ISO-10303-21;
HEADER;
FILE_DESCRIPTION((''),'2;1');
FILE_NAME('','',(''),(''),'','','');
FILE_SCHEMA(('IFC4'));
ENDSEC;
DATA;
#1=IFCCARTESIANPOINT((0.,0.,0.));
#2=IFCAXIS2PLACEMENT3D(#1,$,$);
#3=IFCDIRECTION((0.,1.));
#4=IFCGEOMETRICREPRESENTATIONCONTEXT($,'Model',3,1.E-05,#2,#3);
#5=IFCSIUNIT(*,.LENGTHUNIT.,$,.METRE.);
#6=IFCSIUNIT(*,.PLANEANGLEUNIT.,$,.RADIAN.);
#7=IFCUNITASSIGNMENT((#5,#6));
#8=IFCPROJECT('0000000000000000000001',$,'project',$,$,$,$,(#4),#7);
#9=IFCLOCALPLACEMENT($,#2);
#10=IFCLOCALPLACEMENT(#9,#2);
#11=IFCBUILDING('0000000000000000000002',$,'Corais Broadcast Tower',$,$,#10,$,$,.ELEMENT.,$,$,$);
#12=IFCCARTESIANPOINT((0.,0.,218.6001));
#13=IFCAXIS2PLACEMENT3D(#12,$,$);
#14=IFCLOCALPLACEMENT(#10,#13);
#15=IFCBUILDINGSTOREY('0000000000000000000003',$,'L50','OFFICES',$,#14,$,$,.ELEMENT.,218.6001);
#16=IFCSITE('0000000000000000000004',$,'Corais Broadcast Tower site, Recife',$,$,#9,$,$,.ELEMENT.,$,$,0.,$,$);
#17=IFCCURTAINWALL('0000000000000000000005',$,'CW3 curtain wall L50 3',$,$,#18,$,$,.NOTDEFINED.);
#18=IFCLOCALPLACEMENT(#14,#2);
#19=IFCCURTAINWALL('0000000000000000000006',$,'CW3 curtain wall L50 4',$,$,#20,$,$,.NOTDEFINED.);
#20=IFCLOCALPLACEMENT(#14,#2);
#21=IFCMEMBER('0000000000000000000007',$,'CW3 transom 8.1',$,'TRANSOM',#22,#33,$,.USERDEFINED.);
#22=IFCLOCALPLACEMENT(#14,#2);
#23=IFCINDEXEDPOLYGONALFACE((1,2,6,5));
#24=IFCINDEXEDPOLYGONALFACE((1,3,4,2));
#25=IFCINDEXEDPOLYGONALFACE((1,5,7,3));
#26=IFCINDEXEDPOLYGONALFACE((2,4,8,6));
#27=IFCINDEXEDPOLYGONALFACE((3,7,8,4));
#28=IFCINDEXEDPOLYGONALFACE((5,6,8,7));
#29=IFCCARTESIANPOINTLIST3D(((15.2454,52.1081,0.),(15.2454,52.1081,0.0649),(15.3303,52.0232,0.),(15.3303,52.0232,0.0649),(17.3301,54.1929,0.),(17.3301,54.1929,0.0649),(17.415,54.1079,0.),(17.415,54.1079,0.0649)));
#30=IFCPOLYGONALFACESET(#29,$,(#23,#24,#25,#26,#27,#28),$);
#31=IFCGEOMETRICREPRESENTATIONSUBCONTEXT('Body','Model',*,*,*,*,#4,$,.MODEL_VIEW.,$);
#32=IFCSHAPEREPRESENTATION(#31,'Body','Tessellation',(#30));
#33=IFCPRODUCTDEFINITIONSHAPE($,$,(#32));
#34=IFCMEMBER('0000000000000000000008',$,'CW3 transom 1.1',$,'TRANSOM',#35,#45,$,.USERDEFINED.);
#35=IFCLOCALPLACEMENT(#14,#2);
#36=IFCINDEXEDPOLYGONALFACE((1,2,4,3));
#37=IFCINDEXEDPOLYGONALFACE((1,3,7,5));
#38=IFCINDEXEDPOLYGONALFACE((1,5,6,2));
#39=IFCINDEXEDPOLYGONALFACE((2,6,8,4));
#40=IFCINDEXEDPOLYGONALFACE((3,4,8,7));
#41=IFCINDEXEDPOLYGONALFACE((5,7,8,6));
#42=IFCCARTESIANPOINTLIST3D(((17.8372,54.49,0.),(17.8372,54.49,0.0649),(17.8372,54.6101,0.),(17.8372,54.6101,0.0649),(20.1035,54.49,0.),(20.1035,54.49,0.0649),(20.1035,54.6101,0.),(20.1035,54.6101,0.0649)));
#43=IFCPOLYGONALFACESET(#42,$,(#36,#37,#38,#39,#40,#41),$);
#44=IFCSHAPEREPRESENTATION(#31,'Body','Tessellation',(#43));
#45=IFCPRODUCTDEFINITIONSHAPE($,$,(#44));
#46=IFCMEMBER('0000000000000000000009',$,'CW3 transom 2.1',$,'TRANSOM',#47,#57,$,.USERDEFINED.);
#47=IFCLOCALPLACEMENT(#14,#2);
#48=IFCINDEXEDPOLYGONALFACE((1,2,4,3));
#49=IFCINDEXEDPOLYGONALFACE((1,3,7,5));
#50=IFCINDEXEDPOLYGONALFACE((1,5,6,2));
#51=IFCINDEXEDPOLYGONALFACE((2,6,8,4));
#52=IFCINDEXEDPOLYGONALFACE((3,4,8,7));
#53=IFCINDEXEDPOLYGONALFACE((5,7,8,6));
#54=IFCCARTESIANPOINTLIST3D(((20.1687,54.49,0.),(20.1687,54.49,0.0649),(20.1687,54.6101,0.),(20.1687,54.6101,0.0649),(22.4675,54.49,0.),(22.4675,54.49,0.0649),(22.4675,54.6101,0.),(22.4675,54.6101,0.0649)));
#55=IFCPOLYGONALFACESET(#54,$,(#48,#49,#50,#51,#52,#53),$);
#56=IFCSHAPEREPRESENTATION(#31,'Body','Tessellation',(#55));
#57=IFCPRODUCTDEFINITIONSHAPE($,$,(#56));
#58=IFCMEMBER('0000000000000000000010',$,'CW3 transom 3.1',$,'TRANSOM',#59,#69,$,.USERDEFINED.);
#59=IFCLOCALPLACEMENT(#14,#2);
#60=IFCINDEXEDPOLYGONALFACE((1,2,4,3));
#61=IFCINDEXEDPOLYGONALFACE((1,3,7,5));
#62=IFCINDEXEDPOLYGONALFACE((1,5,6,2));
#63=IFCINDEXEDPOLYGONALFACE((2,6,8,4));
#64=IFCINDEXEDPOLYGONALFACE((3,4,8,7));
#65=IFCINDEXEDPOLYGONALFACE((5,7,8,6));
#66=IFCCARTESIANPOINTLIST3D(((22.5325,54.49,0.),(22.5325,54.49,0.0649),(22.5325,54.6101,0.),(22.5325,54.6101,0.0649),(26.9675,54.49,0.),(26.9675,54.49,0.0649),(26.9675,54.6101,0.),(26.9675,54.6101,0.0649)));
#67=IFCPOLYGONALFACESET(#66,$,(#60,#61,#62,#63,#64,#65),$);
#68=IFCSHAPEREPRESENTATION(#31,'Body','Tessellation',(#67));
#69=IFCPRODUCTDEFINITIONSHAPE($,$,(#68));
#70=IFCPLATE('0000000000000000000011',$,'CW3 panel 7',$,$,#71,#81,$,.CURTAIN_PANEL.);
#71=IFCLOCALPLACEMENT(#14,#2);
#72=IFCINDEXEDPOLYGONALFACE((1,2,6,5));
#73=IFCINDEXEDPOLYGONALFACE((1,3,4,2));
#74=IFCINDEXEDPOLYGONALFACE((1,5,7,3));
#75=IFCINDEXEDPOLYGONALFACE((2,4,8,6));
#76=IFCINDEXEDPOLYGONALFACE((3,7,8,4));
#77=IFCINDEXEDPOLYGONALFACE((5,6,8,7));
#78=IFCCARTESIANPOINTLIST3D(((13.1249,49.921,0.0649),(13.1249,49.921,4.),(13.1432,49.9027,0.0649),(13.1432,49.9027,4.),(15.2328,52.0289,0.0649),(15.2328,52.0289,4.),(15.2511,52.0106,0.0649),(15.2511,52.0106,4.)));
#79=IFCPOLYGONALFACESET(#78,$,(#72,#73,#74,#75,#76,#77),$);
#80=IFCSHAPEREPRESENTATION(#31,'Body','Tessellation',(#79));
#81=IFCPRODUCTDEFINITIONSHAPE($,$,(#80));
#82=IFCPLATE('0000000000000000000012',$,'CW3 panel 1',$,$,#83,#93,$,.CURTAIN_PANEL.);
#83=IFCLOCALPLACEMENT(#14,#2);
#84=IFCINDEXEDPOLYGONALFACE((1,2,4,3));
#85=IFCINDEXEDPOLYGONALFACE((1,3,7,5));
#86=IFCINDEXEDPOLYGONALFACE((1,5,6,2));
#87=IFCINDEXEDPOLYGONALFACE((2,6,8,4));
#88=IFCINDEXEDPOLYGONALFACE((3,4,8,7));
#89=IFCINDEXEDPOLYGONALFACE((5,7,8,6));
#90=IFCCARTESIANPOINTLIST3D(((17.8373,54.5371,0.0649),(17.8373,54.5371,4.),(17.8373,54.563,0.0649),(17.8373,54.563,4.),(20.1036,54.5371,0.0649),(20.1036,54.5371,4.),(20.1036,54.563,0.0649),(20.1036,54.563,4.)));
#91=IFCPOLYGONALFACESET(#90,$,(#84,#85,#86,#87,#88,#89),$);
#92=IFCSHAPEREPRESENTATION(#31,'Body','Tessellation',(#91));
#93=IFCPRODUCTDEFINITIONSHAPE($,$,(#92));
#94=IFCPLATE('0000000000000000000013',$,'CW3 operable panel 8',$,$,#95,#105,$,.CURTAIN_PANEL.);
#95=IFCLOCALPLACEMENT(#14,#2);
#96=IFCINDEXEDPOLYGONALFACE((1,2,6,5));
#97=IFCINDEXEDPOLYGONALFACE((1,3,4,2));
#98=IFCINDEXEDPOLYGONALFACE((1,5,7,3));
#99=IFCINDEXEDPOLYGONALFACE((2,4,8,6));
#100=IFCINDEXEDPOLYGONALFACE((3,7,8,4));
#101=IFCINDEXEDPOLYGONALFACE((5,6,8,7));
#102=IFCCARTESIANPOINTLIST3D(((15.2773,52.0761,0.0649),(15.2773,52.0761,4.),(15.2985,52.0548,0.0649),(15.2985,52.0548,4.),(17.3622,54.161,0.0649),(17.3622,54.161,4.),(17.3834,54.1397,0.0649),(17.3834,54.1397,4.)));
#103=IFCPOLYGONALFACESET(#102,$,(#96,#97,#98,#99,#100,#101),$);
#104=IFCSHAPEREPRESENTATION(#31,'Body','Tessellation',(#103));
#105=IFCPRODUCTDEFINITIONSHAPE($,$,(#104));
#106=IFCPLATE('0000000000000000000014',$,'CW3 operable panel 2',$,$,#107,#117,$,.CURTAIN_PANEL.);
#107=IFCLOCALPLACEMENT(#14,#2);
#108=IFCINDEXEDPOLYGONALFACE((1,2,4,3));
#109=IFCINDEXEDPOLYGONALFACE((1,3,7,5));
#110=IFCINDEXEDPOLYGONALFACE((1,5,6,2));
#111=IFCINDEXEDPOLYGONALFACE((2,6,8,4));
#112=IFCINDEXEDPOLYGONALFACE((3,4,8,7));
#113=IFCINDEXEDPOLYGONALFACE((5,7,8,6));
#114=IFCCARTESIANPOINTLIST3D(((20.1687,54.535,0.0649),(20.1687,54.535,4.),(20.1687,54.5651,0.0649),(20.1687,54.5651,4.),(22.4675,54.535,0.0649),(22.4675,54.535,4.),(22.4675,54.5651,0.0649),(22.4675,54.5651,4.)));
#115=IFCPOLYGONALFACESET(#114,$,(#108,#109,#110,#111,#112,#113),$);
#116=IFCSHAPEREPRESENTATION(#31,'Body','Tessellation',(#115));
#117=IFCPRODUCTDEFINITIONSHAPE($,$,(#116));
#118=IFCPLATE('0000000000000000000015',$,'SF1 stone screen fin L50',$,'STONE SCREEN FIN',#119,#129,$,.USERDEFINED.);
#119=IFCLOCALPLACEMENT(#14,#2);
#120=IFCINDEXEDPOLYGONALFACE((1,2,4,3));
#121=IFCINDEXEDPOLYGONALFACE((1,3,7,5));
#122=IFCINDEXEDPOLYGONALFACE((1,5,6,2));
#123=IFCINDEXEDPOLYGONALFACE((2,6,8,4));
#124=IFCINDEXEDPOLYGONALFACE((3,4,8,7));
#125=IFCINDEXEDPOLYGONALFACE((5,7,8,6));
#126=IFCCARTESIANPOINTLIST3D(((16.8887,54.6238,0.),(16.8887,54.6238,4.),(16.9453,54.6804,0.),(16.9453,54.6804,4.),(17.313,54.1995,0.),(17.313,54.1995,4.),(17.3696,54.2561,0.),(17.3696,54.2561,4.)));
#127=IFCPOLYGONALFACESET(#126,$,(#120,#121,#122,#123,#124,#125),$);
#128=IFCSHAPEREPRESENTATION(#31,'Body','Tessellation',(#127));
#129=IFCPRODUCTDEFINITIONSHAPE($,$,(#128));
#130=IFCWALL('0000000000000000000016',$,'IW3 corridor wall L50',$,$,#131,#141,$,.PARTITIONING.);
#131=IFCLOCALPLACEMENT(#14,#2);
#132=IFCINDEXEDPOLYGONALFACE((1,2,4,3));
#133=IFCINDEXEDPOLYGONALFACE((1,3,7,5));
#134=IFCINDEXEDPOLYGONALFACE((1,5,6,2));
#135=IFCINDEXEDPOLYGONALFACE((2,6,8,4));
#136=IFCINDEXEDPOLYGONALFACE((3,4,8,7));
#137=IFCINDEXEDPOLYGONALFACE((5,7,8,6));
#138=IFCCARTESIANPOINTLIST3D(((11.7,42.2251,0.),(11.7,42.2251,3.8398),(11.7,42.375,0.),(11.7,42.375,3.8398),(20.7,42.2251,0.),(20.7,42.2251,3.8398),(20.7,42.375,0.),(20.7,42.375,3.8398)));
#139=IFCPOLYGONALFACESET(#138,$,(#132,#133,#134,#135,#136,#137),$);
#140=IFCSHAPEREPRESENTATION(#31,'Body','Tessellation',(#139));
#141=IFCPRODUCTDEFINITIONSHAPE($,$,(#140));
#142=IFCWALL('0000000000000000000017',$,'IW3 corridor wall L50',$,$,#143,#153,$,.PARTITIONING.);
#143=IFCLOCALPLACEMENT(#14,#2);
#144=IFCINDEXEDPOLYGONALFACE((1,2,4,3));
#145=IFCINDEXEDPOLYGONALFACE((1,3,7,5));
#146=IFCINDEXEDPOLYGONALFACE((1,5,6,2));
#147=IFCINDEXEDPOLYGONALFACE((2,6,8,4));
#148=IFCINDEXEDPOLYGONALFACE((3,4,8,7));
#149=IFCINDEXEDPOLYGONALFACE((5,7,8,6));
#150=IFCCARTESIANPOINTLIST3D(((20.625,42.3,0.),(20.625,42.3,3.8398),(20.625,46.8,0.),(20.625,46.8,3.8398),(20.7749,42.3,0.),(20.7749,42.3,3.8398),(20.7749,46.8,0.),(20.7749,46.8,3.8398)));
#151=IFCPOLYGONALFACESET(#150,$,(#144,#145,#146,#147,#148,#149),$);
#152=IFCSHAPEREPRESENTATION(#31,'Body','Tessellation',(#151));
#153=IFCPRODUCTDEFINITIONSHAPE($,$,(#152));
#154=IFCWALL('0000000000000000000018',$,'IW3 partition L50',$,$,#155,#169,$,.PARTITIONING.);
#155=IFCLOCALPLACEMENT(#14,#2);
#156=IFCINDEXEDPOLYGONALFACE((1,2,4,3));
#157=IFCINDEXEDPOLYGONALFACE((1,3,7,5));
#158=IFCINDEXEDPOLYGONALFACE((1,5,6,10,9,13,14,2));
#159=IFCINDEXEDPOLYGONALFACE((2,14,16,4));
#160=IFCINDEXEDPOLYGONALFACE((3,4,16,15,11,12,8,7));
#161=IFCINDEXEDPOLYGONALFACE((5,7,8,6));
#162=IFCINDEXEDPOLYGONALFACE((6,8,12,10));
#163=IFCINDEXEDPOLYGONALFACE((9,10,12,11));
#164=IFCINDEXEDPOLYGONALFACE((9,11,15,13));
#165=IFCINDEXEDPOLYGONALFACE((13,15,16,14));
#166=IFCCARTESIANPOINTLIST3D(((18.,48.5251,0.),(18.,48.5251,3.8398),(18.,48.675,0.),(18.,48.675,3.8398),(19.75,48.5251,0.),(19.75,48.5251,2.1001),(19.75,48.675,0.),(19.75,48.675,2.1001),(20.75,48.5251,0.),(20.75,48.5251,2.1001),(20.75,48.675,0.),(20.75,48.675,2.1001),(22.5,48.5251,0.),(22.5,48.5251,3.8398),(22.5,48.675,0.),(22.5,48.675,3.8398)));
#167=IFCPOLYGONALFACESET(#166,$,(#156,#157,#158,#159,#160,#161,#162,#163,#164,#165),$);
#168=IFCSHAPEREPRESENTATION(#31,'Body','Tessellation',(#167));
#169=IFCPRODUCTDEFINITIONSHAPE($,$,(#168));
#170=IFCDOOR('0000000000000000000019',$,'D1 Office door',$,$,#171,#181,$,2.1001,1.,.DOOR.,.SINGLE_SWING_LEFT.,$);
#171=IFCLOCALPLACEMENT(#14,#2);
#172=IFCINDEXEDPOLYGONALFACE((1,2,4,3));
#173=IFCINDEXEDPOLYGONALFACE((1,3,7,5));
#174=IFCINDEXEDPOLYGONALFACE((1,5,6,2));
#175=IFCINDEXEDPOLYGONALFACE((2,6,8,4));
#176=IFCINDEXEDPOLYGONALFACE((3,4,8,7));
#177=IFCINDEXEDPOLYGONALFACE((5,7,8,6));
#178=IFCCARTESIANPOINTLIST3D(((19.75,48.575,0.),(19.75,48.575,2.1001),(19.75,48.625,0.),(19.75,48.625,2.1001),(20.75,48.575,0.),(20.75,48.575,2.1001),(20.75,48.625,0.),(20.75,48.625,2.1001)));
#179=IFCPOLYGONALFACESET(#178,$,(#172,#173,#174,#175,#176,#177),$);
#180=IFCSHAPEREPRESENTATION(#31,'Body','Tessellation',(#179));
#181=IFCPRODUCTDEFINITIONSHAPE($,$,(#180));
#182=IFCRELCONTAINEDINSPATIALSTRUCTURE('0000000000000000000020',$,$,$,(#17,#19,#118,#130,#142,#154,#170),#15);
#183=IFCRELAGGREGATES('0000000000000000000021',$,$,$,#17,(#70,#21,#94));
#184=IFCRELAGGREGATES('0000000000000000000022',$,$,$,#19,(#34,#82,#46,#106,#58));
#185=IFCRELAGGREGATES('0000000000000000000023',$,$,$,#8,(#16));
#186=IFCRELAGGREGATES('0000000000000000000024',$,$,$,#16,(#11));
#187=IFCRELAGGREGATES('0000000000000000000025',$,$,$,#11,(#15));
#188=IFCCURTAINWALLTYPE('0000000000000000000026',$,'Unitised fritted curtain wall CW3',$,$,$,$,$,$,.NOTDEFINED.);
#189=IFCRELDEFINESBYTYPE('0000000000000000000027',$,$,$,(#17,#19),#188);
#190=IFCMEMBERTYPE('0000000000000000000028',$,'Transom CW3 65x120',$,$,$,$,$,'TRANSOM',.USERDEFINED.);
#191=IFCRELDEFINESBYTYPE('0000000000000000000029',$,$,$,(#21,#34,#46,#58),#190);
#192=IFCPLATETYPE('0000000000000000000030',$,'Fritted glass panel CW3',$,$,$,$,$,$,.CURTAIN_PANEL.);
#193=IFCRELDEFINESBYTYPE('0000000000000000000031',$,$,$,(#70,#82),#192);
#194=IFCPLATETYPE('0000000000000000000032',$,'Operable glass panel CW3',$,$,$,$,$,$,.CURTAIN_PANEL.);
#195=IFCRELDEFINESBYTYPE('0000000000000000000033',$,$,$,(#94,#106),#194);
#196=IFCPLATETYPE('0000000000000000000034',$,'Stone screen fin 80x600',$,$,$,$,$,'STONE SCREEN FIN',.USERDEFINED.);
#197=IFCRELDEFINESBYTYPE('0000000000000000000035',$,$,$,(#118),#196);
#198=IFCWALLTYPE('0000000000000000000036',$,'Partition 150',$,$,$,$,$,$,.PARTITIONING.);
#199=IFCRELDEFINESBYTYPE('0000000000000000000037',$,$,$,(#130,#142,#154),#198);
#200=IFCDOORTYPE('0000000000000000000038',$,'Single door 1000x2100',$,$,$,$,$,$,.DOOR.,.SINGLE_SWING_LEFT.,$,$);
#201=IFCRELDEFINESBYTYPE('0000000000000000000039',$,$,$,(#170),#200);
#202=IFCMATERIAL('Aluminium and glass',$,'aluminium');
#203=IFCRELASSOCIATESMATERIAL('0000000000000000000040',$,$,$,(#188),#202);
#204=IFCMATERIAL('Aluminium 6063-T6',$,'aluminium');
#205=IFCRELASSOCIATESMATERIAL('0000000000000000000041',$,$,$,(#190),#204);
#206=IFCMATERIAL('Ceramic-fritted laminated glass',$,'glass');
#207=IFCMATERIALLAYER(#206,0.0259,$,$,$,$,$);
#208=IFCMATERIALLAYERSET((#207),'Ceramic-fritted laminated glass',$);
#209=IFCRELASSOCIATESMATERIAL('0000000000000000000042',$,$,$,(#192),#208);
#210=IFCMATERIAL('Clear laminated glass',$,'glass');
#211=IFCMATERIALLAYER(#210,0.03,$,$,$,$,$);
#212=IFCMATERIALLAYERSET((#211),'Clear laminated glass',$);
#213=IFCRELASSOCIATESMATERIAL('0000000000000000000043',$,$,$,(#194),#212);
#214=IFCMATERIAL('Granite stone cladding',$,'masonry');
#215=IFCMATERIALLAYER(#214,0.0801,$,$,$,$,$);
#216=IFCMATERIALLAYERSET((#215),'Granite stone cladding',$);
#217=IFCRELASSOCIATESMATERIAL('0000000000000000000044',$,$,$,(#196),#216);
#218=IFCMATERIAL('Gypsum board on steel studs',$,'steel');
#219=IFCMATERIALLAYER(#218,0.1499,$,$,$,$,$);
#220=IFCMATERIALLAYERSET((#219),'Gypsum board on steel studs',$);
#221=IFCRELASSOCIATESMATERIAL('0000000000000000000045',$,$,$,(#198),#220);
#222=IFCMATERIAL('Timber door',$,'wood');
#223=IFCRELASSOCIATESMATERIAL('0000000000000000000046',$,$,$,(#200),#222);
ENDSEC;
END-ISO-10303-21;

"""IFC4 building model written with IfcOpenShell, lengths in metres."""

from ifc_helpers import new_model, si_unit, direction, frame, frame_2d, origin, origin_2d, place, context, subcontext, project, spatial, rectangle, extrude, material, layer, layer_set, material_profile, profile_set, type_object, element, fill, aggregate, save


model = new_model("IFC4")

# Units and contexts
model_context = context("Model", 3, precision=1e-05, world=origin(), true_north=direction((0.0, 1.0)))
body_context = subcontext(model_context, "Body", "Model", "MODEL_VIEW")
ifc_project = project(units=[si_unit("LENGTHUNIT", "METRE"), si_unit("PLANEANGLEUNIT", "RADIAN")], contexts=[model_context])

# Site, building, storey
site_placement = place(None, origin())
site = spatial("IfcSite", under=ifc_project, at=site_placement, Name="Corais Broadcast Tower site, Recife", CompositionType="ELEMENT", RefElevation=0.0)
building_placement = place(site_placement, origin())
building = spatial("IfcBuilding", under=site, at=building_placement, Name="Corais Broadcast Tower", CompositionType="ELEMENT")
storey_placement = place(building_placement, frame((0.0, 0.0, 218.6001)))
storey = spatial("IfcBuildingStorey", under=building, at=storey_placement, Name="L50", Description="OFFICES", CompositionType="ELEMENT", Elevation=218.6001)

# Curtain walls
ifc_material_1 = material(Name="Aluminium and glass", Category="aluminium")
curtain_wall_type = type_object("IfcCurtainWallType", Name="Unitised fritted curtain wall CW3", PredefinedType="NOTDEFINED", material=ifc_material_1)
curtain_wall_1_placement = place(storey_placement, origin())
curtain_wall_1 = element("IfcCurtainWall", 1, at=curtain_wall_1_placement, inside=storey, type_object=curtain_wall_type, Name="CW3 curtain wall L50 3", PredefinedType="NOTDEFINED")
curtain_wall_2_placement = place(storey_placement, origin())
curtain_wall_2 = element("IfcCurtainWall", 2, at=curtain_wall_2_placement, inside=storey, type_object=curtain_wall_type, Name="CW3 curtain wall L50 4", PredefinedType="NOTDEFINED")

# Members
ifc_material_2 = material(Name="Aluminium 6063-T6", Category="aluminium")
ifc_material_profile_1 = material_profile(ifc_material_2, rectangle(XDim=0.1201, YDim=0.0649, at=origin_2d()), Name="Transom CW3 65x120")
ifc_profile_set_1 = profile_set([ifc_material_profile_1], Name="Aluminium 6063-T6")
member_type_1 = type_object("IfcMemberType", Name="Transom CW3 65x120", ElementType="TRANSOM", PredefinedType="USERDEFINED", material=ifc_profile_set_1)
member_1_placement = place(storey_placement, frame((15.2878, 52.0657, 0.0325), z_axis=(0.707107, 0.707107, 0.0), x_axis=(-0.707107, 0.707107, 0.0)))
member_1 = element("IfcMember", 3, at=member_1_placement, type_object=member_type_1, Name="CW3 transom 8.1", ObjectType="TRANSOM", PredefinedType="USERDEFINED", context=body_context, shape_type="SweptSolid", body=[
    extrude(rectangle(XDim=0.1201, YDim=0.0649, at=origin_2d()), origin(), (0.0, 0.0, 1.0), 2.9482),
])
member_2_placement = place(storey_placement, frame((17.8372, 54.55, 0.0325), z_axis=(1.0, 0.0, 0.0), x_axis=(0.0, 1.0, 0.0)))
member_2 = element("IfcMember", 4, at=member_2_placement, type_object=member_type_1, Name="CW3 transom 1.1", ObjectType="TRANSOM", PredefinedType="USERDEFINED", context=body_context, shape_type="SweptSolid", body=[
    extrude(rectangle(XDim=0.1201, YDim=0.0649, at=origin_2d()), origin(), (0.0, 0.0, 1.0), 2.2664),
])
member_3_placement = place(storey_placement, frame((20.1687, 54.55, 0.0325), z_axis=(1.0, 0.0, 0.0), x_axis=(0.0, 1.0, 0.0)))
member_3 = element("IfcMember", 5, at=member_3_placement, type_object=member_type_1, Name="CW3 transom 2.1", ObjectType="TRANSOM", PredefinedType="USERDEFINED", context=body_context, shape_type="SweptSolid", body=[
    extrude(rectangle(XDim=0.1201, YDim=0.0649, at=origin_2d()), origin(), (0.0, 0.0, 1.0), 2.2988),
])
member_4_placement = place(storey_placement, frame((22.5325, 54.55, 0.0325), z_axis=(1.0, 0.0, 0.0), x_axis=(0.0, 1.0, 0.0)))
member_4 = element("IfcMember", 6, at=member_4_placement, type_object=member_type_1, Name="CW3 transom 3.1", ObjectType="TRANSOM", PredefinedType="USERDEFINED", context=body_context, shape_type="SweptSolid", body=[
    extrude(rectangle(XDim=0.1201, YDim=0.0649, at=origin_2d()), origin(), (0.0, 0.0, 1.0), 4.4351),
])

# Plates
ifc_material_3 = material(Name="Ceramic-fritted laminated glass", Category="glass")
ifc_layer_1 = layer(ifc_material_3, 0.0259)
ifc_layer_set_1 = layer_set([ifc_layer_1], Name="Ceramic-fritted laminated glass")
plate_type_1 = type_object("IfcPlateType", Name="Fritted glass panel CW3", PredefinedType="CURTAIN_PANEL", material=ifc_layer_set_1)
plate_1_placement = place(storey_placement, frame((14.188, 50.9658, 0.0649), z_axis=(0.0, 0.0, 1.0), x_axis=(0.707107, 0.707107, 0.0)))
plate_1 = element("IfcPlate", 7, at=plate_1_placement, type_object=plate_type_1, Name="CW3 panel 7", PredefinedType="CURTAIN_PANEL", context=body_context, shape_type="SweptSolid", body=[
    extrude(rectangle(XDim=2.981, YDim=0.0259, at=origin_2d()), origin(), (0.0, 0.0, 1.0), 3.9351),
])
plate_2_placement = place(storey_placement, frame((18.9705, 54.55, 0.0649), z_axis=(0.0, 0.0, 1.0), x_axis=(1.0, 0.0, 0.0)))
plate_2 = element("IfcPlate", 8, at=plate_2_placement, type_object=plate_type_1, Name="CW3 panel 1", PredefinedType="CURTAIN_PANEL", context=body_context, shape_type="SweptSolid", body=[
    extrude(rectangle(XDim=2.2664, YDim=0.0259, at=origin_2d()), origin(), (0.0, 0.0, 1.0), 3.9351),
])
ifc_material_4 = material(Name="Clear laminated glass", Category="glass")
ifc_layer_2 = layer(ifc_material_4, 0.03)
ifc_layer_set_2 = layer_set([ifc_layer_2], Name="Clear laminated glass")
plate_type_2 = type_object("IfcPlateType", Name="Operable glass panel CW3", PredefinedType="CURTAIN_PANEL", material=ifc_layer_set_2)
plate_3_placement = place(storey_placement, frame((16.3303, 53.1079, 0.0649), z_axis=(0.0, 0.0, 1.0), x_axis=(0.707107, 0.707107, 0.0)))
plate_3 = element("IfcPlate", 9, at=plate_3_placement, type_object=plate_type_2, Name="CW3 operable panel 8", PredefinedType="CURTAIN_PANEL", context=body_context, shape_type="SweptSolid", body=[
    extrude(rectangle(XDim=2.9485, YDim=0.03, at=origin_2d()), origin(), (0.0, 0.0, 1.0), 3.9351),
])
aggregate(curtain_wall_1, [plate_1, member_1, plate_3])
plate_4_placement = place(storey_placement, frame((21.3181, 54.55, 0.0649), z_axis=(0.0, 0.0, 1.0), x_axis=(1.0, 0.0, 0.0)))
plate_4 = element("IfcPlate", 10, at=plate_4_placement, type_object=plate_type_2, Name="CW3 operable panel 2", PredefinedType="CURTAIN_PANEL", context=body_context, shape_type="SweptSolid", body=[
    extrude(rectangle(XDim=2.2988, YDim=0.03, at=origin_2d()), origin(), (0.0, 0.0, 1.0), 3.9351),
])
aggregate(curtain_wall_2, [member_2, plate_2, member_3, plate_4, member_4])
ifc_material_5 = material(Name="Granite stone cladding", Category="masonry")
ifc_layer_3 = layer(ifc_material_5, 0.0801)
ifc_layer_set_3 = layer_set([ifc_layer_3], Name="Granite stone cladding")
plate_type_3 = type_object("IfcPlateType", Name="Stone screen fin 80x600", ElementType="STONE SCREEN FIN", PredefinedType="USERDEFINED", material=ifc_layer_set_3)
plate_5_placement = place(storey_placement, frame((17.1292, 54.4399, 0.0), z_axis=(0.0, 0.0, 1.0), x_axis=(0.707107, 0.707107, 0.0)))
element("IfcPlate", 11, at=plate_5_placement, inside=storey, type_object=plate_type_3, Name="SF1 stone screen fin L50", ObjectType="STONE SCREEN FIN", PredefinedType="USERDEFINED", context=body_context, shape_type="SweptSolid", body=[
    extrude(rectangle(XDim=0.0801, YDim=0.6001, at=origin_2d()), origin(), (0.0, 0.0, 1.0), 4.0),
])

# Walls
ifc_material_6 = material(Name="Gypsum board on steel studs", Category="steel")
ifc_layer_4 = layer(ifc_material_6, 0.1499)
ifc_layer_set_4 = layer_set([ifc_layer_4], Name="Gypsum board on steel studs")
wall_type = type_object("IfcWallType", Name="Partition 150", PredefinedType="PARTITIONING", material=ifc_layer_set_4)
wall_1_placement = place(storey_placement, frame((20.7, 42.3, 0.0), z_axis=(0.0, 0.0, 1.0), x_axis=(-1.0, 0.0, 0.0)))
element("IfcWall", 12, at=wall_1_placement, inside=storey, type_object=wall_type, Name="IW3 corridor wall L50", PredefinedType="PARTITIONING", context=body_context, shape_type="SweptSolid", body=[
    extrude(rectangle(XDim=9.0, YDim=0.1499, at=frame_2d((4.5, 0.0))), origin(), (0.0, 0.0, 1.0), 3.8398),
])
wall_2_placement = place(storey_placement, frame((20.7, 46.8, 0.0), z_axis=(0.0, 0.0, 1.0), x_axis=(0.0, -1.0, 0.0)))
element("IfcWall", 13, at=wall_2_placement, inside=storey, type_object=wall_type, Name="IW3 corridor wall L50", PredefinedType="PARTITIONING", context=body_context, shape_type="SweptSolid", body=[
    extrude(rectangle(XDim=4.5, YDim=0.1499, at=frame_2d((2.25, 0.0))), origin(), (0.0, 0.0, 1.0), 3.8398),
])

# Wall, opening, door
wall_3_placement = place(storey_placement, frame((18.0, 48.6001, 0.0), z_axis=(0.0, 0.0, 1.0), x_axis=(1.0, 0.0, 0.0)))
wall_3 = element("IfcWall", 14, at=wall_3_placement, inside=storey, type_object=wall_type, Name="IW3 partition L50", PredefinedType="PARTITIONING", context=body_context, shape_type="SweptSolid", body=[
    extrude(rectangle(XDim=4.5, YDim=0.1499, at=frame_2d((2.25, 0.0))), origin(), (0.0, 0.0, 1.0), 3.8398),
])
opening_1_placement = place(wall_3_placement, frame((1.75, 0.0, 0.0)))
opening_1 = element("IfcOpeningElement", 15, at=opening_1_placement, cuts=wall_3, PredefinedType="OPENING", context=body_context, shape_type="SweptSolid", body=[
    extrude(rectangle(XDim=1.0, YDim=2.1001, at=frame_2d((0.5, 1.05))), frame((0.0, 0.085, 0.0), z_axis=(0.0, -1.0, 0.0), x_axis=(1.0, 0.0, 0.0)), (0.0, 0.0, 1.0), 0.1699),
])
ifc_material_7 = material(Name="Timber door", Category="wood")
door_type = type_object("IfcDoorType", Name="Single door 1000x2100", OperationType="SINGLE_SWING_LEFT", PredefinedType="DOOR", material=ifc_material_7)
door_1_placement = place(opening_1_placement, origin())
door_1 = element("IfcDoor", 16, at=door_1_placement, inside=storey, type_object=door_type, Name="D1 Office door", OperationType="SINGLE_SWING_LEFT", OverallHeight=2.1001, OverallWidth=1.0, PredefinedType="DOOR", context=body_context, shape_type="SweptSolid", body=[
    extrude(rectangle(XDim=1.0, YDim=2.1001, at=frame_2d((0.5, 1.05))), frame((0.0, 0.0249, 0.0), z_axis=(0.0, -1.0, 0.0), x_axis=(1.0, 0.0, 0.0)), (0.0, 0.0, 1.0), 0.05),
])
fill(opening_1, door_1)

save(model, "model.ifc")
